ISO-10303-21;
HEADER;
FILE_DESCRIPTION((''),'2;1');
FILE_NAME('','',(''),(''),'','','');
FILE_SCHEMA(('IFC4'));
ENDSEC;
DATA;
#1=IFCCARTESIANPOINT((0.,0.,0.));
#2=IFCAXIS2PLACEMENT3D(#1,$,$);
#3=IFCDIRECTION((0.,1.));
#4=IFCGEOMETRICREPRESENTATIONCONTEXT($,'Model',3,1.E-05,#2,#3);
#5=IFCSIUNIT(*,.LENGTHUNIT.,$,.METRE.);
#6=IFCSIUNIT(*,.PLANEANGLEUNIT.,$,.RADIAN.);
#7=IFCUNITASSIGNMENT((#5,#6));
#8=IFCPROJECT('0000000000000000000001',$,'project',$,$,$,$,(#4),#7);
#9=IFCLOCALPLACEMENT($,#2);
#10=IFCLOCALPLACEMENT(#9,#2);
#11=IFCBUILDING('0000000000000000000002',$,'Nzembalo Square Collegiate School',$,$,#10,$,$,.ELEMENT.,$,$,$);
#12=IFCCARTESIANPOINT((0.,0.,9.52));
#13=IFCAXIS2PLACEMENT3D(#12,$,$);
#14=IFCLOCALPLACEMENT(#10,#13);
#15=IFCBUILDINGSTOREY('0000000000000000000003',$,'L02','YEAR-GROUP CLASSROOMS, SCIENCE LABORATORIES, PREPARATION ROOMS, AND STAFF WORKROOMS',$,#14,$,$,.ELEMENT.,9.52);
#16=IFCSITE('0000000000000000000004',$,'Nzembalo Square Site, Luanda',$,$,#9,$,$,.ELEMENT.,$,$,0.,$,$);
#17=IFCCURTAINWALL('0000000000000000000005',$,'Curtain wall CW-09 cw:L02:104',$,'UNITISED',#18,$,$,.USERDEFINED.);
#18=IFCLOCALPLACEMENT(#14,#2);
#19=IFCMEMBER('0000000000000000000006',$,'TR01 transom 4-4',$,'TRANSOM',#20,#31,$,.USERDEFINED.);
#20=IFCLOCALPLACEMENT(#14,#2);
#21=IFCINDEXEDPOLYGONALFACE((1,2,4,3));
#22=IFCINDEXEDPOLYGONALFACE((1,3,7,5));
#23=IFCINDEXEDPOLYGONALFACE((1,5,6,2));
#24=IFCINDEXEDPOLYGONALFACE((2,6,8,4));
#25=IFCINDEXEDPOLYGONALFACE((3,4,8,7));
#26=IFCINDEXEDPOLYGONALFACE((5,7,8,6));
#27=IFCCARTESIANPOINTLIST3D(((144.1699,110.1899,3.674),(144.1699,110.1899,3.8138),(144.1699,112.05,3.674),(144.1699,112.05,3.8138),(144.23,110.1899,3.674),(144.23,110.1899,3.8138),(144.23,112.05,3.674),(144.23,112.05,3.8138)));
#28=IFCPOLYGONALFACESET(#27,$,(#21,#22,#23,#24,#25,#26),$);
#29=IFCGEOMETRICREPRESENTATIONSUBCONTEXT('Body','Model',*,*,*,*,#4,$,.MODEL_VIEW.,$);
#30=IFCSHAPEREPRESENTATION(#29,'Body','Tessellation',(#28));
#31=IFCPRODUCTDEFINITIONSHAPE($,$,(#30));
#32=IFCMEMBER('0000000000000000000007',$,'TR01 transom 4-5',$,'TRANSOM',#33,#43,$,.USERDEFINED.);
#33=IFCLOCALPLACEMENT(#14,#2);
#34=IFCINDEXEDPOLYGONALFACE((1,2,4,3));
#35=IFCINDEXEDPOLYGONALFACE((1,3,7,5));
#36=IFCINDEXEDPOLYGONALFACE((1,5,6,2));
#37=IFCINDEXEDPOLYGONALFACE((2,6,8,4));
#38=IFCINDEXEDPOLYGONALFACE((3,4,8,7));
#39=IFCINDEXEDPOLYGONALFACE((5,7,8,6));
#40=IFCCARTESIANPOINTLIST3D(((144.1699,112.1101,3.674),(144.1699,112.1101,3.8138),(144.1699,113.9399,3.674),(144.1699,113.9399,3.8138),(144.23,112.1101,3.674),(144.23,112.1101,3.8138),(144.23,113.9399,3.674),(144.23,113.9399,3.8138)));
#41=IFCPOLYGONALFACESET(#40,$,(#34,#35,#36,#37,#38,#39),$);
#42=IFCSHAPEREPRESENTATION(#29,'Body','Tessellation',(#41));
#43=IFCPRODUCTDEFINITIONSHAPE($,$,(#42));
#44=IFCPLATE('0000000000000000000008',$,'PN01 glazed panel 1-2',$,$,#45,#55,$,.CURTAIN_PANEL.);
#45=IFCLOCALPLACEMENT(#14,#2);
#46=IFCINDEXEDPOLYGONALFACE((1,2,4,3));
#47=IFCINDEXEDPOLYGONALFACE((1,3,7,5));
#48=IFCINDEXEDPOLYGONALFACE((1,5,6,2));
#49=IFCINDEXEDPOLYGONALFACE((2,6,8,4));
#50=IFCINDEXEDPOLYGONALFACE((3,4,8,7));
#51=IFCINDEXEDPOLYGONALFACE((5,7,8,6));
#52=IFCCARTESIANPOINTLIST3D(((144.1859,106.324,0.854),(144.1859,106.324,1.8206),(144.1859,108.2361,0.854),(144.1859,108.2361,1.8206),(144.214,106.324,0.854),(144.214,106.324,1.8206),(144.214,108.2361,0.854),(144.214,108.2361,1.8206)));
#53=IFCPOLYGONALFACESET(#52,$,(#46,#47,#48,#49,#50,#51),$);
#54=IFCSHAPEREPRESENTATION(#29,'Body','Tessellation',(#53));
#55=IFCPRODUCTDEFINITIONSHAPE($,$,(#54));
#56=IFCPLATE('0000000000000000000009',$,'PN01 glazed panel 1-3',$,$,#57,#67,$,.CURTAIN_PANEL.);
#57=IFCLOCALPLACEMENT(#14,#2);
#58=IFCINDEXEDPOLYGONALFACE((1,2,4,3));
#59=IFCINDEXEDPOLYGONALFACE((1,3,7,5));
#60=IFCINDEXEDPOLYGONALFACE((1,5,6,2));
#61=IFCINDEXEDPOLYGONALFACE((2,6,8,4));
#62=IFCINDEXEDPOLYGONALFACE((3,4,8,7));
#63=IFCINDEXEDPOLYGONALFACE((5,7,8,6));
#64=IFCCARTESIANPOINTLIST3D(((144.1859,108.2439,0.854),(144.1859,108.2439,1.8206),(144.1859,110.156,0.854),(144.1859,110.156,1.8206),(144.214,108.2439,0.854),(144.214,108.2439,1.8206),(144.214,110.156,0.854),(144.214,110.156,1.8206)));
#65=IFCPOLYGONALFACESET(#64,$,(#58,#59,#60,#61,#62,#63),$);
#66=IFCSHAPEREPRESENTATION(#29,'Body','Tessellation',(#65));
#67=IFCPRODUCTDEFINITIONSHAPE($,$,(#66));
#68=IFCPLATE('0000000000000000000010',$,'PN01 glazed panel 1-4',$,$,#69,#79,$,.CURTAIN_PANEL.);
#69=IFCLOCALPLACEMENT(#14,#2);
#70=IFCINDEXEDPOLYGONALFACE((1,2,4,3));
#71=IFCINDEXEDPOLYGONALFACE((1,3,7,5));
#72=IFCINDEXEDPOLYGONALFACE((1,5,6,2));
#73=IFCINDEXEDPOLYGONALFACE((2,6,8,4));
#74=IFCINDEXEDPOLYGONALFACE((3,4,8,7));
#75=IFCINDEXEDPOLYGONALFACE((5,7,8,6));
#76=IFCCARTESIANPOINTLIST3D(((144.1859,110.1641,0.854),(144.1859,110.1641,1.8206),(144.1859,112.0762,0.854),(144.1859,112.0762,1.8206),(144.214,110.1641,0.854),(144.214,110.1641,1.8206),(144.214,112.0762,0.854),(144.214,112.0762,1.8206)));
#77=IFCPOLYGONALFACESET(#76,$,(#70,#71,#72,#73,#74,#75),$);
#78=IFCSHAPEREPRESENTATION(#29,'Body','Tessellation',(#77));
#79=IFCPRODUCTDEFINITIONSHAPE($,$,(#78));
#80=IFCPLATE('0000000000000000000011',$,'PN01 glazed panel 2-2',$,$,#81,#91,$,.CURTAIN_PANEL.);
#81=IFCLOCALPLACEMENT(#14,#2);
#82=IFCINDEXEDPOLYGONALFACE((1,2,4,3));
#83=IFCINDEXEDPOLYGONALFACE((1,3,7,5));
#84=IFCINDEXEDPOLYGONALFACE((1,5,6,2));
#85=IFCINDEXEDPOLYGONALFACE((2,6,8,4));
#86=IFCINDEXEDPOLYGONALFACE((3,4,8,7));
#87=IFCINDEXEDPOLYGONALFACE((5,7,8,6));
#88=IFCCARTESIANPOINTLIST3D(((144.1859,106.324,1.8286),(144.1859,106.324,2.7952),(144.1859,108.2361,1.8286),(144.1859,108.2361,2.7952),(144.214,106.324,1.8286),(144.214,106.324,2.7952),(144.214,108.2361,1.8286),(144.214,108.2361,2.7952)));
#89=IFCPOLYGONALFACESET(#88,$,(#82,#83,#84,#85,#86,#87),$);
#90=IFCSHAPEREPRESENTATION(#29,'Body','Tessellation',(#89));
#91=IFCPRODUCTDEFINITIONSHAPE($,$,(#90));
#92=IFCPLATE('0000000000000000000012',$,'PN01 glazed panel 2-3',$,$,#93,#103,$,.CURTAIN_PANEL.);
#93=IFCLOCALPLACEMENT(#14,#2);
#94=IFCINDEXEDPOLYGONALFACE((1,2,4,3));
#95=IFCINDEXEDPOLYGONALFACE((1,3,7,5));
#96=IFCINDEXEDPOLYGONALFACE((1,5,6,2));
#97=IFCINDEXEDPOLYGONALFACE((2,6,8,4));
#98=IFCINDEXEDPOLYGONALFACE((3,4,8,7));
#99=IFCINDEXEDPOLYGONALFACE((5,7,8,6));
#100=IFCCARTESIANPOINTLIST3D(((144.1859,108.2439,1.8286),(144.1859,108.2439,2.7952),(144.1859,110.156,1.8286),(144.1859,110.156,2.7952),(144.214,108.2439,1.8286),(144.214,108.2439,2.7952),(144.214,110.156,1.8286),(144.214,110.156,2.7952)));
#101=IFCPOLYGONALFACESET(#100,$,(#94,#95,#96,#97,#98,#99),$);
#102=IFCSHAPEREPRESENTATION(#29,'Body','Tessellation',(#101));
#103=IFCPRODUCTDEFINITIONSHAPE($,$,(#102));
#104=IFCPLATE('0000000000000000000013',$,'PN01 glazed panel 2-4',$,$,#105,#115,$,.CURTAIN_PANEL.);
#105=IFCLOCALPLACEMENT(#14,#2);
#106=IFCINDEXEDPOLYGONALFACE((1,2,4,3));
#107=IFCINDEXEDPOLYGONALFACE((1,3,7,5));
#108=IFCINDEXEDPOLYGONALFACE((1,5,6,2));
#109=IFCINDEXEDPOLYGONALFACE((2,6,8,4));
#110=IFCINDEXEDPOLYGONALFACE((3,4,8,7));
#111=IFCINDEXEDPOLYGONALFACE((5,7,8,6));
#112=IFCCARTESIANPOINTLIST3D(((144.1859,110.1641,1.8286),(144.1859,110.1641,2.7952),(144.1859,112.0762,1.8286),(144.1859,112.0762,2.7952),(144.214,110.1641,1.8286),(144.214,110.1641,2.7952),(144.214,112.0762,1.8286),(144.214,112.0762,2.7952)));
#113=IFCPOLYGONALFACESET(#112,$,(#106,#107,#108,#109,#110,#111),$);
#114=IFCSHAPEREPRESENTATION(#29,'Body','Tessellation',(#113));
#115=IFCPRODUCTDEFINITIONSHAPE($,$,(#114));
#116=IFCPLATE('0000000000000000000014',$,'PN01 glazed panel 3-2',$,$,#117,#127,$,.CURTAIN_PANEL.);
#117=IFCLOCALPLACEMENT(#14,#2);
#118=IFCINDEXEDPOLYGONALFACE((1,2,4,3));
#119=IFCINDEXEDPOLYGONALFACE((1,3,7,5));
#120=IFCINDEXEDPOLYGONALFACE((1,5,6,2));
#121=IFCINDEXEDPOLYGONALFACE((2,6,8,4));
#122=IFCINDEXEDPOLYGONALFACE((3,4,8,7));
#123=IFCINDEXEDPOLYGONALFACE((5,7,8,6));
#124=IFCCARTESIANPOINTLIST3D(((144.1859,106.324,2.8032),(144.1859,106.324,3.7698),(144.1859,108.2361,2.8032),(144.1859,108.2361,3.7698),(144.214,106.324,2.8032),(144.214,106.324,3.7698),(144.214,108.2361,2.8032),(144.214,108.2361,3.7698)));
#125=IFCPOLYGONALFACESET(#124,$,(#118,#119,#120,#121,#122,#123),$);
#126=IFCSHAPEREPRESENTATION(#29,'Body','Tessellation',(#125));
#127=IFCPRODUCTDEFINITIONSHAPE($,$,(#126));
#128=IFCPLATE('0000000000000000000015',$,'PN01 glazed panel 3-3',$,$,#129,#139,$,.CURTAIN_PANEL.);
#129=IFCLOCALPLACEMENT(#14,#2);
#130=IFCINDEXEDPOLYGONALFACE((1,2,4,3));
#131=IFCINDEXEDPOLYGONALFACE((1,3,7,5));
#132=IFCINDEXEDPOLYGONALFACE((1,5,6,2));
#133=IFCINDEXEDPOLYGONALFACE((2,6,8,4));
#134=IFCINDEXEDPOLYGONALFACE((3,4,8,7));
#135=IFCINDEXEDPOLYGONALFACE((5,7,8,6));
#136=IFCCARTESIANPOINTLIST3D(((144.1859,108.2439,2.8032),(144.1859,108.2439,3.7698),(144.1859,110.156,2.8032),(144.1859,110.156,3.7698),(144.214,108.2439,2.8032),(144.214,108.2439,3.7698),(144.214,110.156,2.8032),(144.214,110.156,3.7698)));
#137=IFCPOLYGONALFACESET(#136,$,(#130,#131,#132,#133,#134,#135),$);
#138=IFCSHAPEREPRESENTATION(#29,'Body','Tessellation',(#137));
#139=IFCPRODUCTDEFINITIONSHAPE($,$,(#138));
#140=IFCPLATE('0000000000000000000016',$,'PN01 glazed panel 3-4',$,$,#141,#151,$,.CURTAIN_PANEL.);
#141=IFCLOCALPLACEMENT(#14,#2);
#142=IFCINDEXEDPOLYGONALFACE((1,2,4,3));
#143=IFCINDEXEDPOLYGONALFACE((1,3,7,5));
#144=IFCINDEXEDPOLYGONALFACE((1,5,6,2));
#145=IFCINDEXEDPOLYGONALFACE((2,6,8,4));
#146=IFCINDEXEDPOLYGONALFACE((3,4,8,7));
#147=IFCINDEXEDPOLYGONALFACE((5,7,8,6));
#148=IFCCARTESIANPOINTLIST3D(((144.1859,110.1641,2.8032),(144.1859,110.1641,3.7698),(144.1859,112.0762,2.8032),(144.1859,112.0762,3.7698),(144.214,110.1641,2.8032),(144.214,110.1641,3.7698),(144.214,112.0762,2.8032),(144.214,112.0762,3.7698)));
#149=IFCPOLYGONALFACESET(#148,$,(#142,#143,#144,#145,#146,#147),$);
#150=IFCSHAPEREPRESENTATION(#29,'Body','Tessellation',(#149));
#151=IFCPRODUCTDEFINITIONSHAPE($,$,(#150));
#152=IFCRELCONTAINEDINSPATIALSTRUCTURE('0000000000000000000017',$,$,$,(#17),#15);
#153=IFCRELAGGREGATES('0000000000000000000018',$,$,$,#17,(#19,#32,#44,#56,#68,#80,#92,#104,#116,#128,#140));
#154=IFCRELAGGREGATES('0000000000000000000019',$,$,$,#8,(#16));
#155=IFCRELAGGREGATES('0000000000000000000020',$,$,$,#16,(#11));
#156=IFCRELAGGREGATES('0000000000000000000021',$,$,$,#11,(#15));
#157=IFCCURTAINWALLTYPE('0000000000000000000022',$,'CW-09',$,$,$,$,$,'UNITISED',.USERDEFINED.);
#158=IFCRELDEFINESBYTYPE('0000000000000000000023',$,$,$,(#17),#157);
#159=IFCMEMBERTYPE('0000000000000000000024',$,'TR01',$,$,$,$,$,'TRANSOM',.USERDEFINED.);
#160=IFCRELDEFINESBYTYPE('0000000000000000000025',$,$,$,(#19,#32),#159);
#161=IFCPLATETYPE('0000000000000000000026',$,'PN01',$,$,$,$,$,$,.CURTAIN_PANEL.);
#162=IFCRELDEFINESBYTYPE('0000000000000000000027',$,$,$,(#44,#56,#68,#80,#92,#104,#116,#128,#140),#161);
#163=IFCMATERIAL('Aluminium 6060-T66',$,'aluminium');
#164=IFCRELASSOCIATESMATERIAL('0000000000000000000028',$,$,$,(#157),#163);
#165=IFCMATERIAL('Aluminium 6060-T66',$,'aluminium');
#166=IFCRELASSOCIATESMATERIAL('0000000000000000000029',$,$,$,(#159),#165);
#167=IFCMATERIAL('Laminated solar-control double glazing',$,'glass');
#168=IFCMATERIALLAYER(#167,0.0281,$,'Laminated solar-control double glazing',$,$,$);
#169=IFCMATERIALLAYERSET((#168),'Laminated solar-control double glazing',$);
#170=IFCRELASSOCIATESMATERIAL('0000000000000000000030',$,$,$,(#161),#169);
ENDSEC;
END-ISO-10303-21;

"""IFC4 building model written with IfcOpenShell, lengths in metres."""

from ifc_helpers import new_model, si_unit, direction, frame, origin, origin_2d, place, context, subcontext, project, spatial, rectangle, extrude, material, layer, layer_set, material_profile, profile_set, type_object, element, aggregate, save


model = new_model("IFC4")

# Units and contexts
model_context = context("Model", 3, precision=1e-05, world=origin(), true_north=direction((0.0, 1.0)))
body_context = subcontext(model_context, "Body", "Model", "MODEL_VIEW")
ifc_project = project(units=[si_unit("LENGTHUNIT", "METRE"), si_unit("PLANEANGLEUNIT", "RADIAN")], contexts=[model_context])

# Site, building, storey
site_placement = place(None, origin())
site = spatial("IfcSite", under=ifc_project, at=site_placement, Name="Nzembalo Square Site, Luanda", CompositionType="ELEMENT", RefElevation=0.0)
building_placement = place(site_placement, origin())
building = spatial("IfcBuilding", under=site, at=building_placement, Name="Nzembalo Square Collegiate School", CompositionType="ELEMENT")
storey_placement = place(building_placement, frame((0.0, 0.0, 9.52)))
storey = spatial("IfcBuildingStorey", under=building, at=storey_placement, Name="L02", Description="YEAR-GROUP CLASSROOMS, SCIENCE LABORATORIES, PREPARATION ROOMS, AND STAFF WORKROOMS", CompositionType="ELEMENT", Elevation=9.52)

# Curtain wall, members, plates
ifc_material_1 = material(Name="Aluminium 6060-T66", Category="aluminium")
curtain_wall_type = type_object("IfcCurtainWallType", Name="CW-09", ElementType="UNITISED", PredefinedType="USERDEFINED", material=ifc_material_1)
curtain_wall_placement = place(storey_placement, origin())
curtain_wall = element("IfcCurtainWall", 1, at=curtain_wall_placement, inside=storey, type_object=curtain_wall_type, Name="Curtain wall CW-09 cw:L02:104", ObjectType="UNITISED", PredefinedType="USERDEFINED")
ifc_material_2 = material(Name="Aluminium 6060-T66", Category="aluminium")
ifc_material_profile_1 = material_profile(ifc_material_2, rectangle(XDim=0.0601, YDim=0.1399, at=origin_2d()), Name="ALU T60x140")
ifc_profile_set_1 = profile_set([ifc_material_profile_1], Name="Aluminium 6060-T66")
member_type_1 = type_object("IfcMemberType", Name="TR01", ElementType="TRANSOM", PredefinedType="USERDEFINED", material=ifc_profile_set_1)
member_1_placement = place(storey_placement, frame((144.2, 110.1899, 3.7439), z_axis=(0.0, 1.0, 0.0), x_axis=(-1.0, 0.0, 0.0)))
member_1 = element("IfcMember", 2, at=member_1_placement, type_object=member_type_1, Name="TR01 transom 4-4", ObjectType="TRANSOM", PredefinedType="USERDEFINED", context=body_context, shape_type="SweptSolid", body=[
    extrude(rectangle(XDim=0.0601, YDim=0.1399, at=origin_2d()), origin(), (0.0, 0.0, 1.0), 1.8601),
])
member_2_placement = place(storey_placement, frame((144.2, 112.1101, 3.7439), z_axis=(0.0, 1.0, 0.0), x_axis=(-1.0, 0.0, 0.0)))
member_2 = element("IfcMember", 3, at=member_2_placement, type_object=member_type_1, Name="TR01 transom 4-5", ObjectType="TRANSOM", PredefinedType="USERDEFINED", context=body_context, shape_type="SweptSolid", body=[
    extrude(rectangle(XDim=0.0601, YDim=0.1399, at=origin_2d()), origin(), (0.0, 0.0, 1.0), 1.8298),
])
ifc_material_3 = material(Name="Laminated solar-control double glazing", Category="glass")
ifc_layer = layer(ifc_material_3, 0.0281, Name="Laminated solar-control double glazing")
ifc_layer_set = layer_set([ifc_layer], Name="Laminated solar-control double glazing")
plate_type = type_object("IfcPlateType", Name="PN01", PredefinedType="CURTAIN_PANEL", material=ifc_layer_set)
plate_1_placement = place(storey_placement, frame((144.2, 107.28, 0.854), z_axis=(0.0, 0.0, 1.0), x_axis=(0.0, 1.0, 0.0)))
plate_1 = element("IfcPlate", 4, at=plate_1_placement, type_object=plate_type, Name="PN01 glazed panel 1-2", PredefinedType="CURTAIN_PANEL", context=body_context, shape_type="SweptSolid", body=[
    extrude(rectangle(XDim=1.9121, YDim=0.0281, at=origin_2d()), origin(), (0.0, 0.0, 1.0), 0.9666),
])
plate_2_placement = place(storey_placement, frame((144.2, 109.2, 0.854), z_axis=(0.0, 0.0, 1.0), x_axis=(0.0, 1.0, 0.0)))
plate_2 = element("IfcPlate", 5, at=plate_2_placement, type_object=plate_type, Name="PN01 glazed panel 1-3", PredefinedType="CURTAIN_PANEL", context=body_context, shape_type="SweptSolid", body=[
    extrude(rectangle(XDim=1.9121, YDim=0.0281, at=origin_2d()), origin(), (0.0, 0.0, 1.0), 0.9666),
])
plate_3_placement = place(storey_placement, frame((144.2, 111.1201, 0.854), z_axis=(0.0, 0.0, 1.0), x_axis=(0.0, 1.0, 0.0)))
plate_3 = element("IfcPlate", 6, at=plate_3_placement, type_object=plate_type, Name="PN01 glazed panel 1-4", PredefinedType="CURTAIN_PANEL", context=body_context, shape_type="SweptSolid", body=[
    extrude(rectangle(XDim=1.9121, YDim=0.0281, at=origin_2d()), origin(), (0.0, 0.0, 1.0), 0.9666),
])
plate_4_placement = place(storey_placement, frame((144.2, 107.28, 1.8286), z_axis=(0.0, 0.0, 1.0), x_axis=(0.0, 1.0, 0.0)))
plate_4 = element("IfcPlate", 7, at=plate_4_placement, type_object=plate_type, Name="PN01 glazed panel 2-2", PredefinedType="CURTAIN_PANEL", context=body_context, shape_type="SweptSolid", body=[
    extrude(rectangle(XDim=1.9121, YDim=0.0281, at=origin_2d()), origin(), (0.0, 0.0, 1.0), 0.9666),
])
plate_5_placement = place(storey_placement, frame((144.2, 109.2, 1.8286), z_axis=(0.0, 0.0, 1.0), x_axis=(0.0, 1.0, 0.0)))
plate_5 = element("IfcPlate", 8, at=plate_5_placement, type_object=plate_type, Name="PN01 glazed panel 2-3", PredefinedType="CURTAIN_PANEL", context=body_context, shape_type="SweptSolid", body=[
    extrude(rectangle(XDim=1.9121, YDim=0.0281, at=origin_2d()), origin(), (0.0, 0.0, 1.0), 0.9666),
])
plate_6_placement = place(storey_placement, frame((144.2, 111.1201, 1.8286), z_axis=(0.0, 0.0, 1.0), x_axis=(0.0, 1.0, 0.0)))
plate_6 = element("IfcPlate", 9, at=plate_6_placement, type_object=plate_type, Name="PN01 glazed panel 2-4", PredefinedType="CURTAIN_PANEL", context=body_context, shape_type="SweptSolid", body=[
    extrude(rectangle(XDim=1.9121, YDim=0.0281, at=origin_2d()), origin(), (0.0, 0.0, 1.0), 0.9666),
])
plate_7_placement = place(storey_placement, frame((144.2, 107.28, 2.8032), z_axis=(0.0, 0.0, 1.0), x_axis=(0.0, 1.0, 0.0)))
plate_7 = element("IfcPlate", 10, at=plate_7_placement, type_object=plate_type, Name="PN01 glazed panel 3-2", PredefinedType="CURTAIN_PANEL", context=body_context, shape_type="SweptSolid", body=[
    extrude(rectangle(XDim=1.9121, YDim=0.0281, at=origin_2d()), origin(), (0.0, 0.0, 1.0), 0.9666),
])
plate_8_placement = place(storey_placement, frame((144.2, 109.2, 2.8032), z_axis=(0.0, 0.0, 1.0), x_axis=(0.0, 1.0, 0.0)))
plate_8 = element("IfcPlate", 11, at=plate_8_placement, type_object=plate_type, Name="PN01 glazed panel 3-3", PredefinedType="CURTAIN_PANEL", context=body_context, shape_type="SweptSolid", body=[
    extrude(rectangle(XDim=1.9121, YDim=0.0281, at=origin_2d()), origin(), (0.0, 0.0, 1.0), 0.9666),
])
plate_9_placement = place(storey_placement, frame((144.2, 111.1201, 2.8032), z_axis=(0.0, 0.0, 1.0), x_axis=(0.0, 1.0, 0.0)))
plate_9 = element("IfcPlate", 12, at=plate_9_placement, type_object=plate_type, Name="PN01 glazed panel 3-4", PredefinedType="CURTAIN_PANEL", context=body_context, shape_type="SweptSolid", body=[
    extrude(rectangle(XDim=1.9121, YDim=0.0281, at=origin_2d()), origin(), (0.0, 0.0, 1.0), 0.9666),
])
aggregate(curtain_wall, [member_1, member_2, plate_1, plate_2, plate_3, plate_4, plate_5, plate_6, plate_7, plate_8, plate_9])

save(model, "model.ifc")
